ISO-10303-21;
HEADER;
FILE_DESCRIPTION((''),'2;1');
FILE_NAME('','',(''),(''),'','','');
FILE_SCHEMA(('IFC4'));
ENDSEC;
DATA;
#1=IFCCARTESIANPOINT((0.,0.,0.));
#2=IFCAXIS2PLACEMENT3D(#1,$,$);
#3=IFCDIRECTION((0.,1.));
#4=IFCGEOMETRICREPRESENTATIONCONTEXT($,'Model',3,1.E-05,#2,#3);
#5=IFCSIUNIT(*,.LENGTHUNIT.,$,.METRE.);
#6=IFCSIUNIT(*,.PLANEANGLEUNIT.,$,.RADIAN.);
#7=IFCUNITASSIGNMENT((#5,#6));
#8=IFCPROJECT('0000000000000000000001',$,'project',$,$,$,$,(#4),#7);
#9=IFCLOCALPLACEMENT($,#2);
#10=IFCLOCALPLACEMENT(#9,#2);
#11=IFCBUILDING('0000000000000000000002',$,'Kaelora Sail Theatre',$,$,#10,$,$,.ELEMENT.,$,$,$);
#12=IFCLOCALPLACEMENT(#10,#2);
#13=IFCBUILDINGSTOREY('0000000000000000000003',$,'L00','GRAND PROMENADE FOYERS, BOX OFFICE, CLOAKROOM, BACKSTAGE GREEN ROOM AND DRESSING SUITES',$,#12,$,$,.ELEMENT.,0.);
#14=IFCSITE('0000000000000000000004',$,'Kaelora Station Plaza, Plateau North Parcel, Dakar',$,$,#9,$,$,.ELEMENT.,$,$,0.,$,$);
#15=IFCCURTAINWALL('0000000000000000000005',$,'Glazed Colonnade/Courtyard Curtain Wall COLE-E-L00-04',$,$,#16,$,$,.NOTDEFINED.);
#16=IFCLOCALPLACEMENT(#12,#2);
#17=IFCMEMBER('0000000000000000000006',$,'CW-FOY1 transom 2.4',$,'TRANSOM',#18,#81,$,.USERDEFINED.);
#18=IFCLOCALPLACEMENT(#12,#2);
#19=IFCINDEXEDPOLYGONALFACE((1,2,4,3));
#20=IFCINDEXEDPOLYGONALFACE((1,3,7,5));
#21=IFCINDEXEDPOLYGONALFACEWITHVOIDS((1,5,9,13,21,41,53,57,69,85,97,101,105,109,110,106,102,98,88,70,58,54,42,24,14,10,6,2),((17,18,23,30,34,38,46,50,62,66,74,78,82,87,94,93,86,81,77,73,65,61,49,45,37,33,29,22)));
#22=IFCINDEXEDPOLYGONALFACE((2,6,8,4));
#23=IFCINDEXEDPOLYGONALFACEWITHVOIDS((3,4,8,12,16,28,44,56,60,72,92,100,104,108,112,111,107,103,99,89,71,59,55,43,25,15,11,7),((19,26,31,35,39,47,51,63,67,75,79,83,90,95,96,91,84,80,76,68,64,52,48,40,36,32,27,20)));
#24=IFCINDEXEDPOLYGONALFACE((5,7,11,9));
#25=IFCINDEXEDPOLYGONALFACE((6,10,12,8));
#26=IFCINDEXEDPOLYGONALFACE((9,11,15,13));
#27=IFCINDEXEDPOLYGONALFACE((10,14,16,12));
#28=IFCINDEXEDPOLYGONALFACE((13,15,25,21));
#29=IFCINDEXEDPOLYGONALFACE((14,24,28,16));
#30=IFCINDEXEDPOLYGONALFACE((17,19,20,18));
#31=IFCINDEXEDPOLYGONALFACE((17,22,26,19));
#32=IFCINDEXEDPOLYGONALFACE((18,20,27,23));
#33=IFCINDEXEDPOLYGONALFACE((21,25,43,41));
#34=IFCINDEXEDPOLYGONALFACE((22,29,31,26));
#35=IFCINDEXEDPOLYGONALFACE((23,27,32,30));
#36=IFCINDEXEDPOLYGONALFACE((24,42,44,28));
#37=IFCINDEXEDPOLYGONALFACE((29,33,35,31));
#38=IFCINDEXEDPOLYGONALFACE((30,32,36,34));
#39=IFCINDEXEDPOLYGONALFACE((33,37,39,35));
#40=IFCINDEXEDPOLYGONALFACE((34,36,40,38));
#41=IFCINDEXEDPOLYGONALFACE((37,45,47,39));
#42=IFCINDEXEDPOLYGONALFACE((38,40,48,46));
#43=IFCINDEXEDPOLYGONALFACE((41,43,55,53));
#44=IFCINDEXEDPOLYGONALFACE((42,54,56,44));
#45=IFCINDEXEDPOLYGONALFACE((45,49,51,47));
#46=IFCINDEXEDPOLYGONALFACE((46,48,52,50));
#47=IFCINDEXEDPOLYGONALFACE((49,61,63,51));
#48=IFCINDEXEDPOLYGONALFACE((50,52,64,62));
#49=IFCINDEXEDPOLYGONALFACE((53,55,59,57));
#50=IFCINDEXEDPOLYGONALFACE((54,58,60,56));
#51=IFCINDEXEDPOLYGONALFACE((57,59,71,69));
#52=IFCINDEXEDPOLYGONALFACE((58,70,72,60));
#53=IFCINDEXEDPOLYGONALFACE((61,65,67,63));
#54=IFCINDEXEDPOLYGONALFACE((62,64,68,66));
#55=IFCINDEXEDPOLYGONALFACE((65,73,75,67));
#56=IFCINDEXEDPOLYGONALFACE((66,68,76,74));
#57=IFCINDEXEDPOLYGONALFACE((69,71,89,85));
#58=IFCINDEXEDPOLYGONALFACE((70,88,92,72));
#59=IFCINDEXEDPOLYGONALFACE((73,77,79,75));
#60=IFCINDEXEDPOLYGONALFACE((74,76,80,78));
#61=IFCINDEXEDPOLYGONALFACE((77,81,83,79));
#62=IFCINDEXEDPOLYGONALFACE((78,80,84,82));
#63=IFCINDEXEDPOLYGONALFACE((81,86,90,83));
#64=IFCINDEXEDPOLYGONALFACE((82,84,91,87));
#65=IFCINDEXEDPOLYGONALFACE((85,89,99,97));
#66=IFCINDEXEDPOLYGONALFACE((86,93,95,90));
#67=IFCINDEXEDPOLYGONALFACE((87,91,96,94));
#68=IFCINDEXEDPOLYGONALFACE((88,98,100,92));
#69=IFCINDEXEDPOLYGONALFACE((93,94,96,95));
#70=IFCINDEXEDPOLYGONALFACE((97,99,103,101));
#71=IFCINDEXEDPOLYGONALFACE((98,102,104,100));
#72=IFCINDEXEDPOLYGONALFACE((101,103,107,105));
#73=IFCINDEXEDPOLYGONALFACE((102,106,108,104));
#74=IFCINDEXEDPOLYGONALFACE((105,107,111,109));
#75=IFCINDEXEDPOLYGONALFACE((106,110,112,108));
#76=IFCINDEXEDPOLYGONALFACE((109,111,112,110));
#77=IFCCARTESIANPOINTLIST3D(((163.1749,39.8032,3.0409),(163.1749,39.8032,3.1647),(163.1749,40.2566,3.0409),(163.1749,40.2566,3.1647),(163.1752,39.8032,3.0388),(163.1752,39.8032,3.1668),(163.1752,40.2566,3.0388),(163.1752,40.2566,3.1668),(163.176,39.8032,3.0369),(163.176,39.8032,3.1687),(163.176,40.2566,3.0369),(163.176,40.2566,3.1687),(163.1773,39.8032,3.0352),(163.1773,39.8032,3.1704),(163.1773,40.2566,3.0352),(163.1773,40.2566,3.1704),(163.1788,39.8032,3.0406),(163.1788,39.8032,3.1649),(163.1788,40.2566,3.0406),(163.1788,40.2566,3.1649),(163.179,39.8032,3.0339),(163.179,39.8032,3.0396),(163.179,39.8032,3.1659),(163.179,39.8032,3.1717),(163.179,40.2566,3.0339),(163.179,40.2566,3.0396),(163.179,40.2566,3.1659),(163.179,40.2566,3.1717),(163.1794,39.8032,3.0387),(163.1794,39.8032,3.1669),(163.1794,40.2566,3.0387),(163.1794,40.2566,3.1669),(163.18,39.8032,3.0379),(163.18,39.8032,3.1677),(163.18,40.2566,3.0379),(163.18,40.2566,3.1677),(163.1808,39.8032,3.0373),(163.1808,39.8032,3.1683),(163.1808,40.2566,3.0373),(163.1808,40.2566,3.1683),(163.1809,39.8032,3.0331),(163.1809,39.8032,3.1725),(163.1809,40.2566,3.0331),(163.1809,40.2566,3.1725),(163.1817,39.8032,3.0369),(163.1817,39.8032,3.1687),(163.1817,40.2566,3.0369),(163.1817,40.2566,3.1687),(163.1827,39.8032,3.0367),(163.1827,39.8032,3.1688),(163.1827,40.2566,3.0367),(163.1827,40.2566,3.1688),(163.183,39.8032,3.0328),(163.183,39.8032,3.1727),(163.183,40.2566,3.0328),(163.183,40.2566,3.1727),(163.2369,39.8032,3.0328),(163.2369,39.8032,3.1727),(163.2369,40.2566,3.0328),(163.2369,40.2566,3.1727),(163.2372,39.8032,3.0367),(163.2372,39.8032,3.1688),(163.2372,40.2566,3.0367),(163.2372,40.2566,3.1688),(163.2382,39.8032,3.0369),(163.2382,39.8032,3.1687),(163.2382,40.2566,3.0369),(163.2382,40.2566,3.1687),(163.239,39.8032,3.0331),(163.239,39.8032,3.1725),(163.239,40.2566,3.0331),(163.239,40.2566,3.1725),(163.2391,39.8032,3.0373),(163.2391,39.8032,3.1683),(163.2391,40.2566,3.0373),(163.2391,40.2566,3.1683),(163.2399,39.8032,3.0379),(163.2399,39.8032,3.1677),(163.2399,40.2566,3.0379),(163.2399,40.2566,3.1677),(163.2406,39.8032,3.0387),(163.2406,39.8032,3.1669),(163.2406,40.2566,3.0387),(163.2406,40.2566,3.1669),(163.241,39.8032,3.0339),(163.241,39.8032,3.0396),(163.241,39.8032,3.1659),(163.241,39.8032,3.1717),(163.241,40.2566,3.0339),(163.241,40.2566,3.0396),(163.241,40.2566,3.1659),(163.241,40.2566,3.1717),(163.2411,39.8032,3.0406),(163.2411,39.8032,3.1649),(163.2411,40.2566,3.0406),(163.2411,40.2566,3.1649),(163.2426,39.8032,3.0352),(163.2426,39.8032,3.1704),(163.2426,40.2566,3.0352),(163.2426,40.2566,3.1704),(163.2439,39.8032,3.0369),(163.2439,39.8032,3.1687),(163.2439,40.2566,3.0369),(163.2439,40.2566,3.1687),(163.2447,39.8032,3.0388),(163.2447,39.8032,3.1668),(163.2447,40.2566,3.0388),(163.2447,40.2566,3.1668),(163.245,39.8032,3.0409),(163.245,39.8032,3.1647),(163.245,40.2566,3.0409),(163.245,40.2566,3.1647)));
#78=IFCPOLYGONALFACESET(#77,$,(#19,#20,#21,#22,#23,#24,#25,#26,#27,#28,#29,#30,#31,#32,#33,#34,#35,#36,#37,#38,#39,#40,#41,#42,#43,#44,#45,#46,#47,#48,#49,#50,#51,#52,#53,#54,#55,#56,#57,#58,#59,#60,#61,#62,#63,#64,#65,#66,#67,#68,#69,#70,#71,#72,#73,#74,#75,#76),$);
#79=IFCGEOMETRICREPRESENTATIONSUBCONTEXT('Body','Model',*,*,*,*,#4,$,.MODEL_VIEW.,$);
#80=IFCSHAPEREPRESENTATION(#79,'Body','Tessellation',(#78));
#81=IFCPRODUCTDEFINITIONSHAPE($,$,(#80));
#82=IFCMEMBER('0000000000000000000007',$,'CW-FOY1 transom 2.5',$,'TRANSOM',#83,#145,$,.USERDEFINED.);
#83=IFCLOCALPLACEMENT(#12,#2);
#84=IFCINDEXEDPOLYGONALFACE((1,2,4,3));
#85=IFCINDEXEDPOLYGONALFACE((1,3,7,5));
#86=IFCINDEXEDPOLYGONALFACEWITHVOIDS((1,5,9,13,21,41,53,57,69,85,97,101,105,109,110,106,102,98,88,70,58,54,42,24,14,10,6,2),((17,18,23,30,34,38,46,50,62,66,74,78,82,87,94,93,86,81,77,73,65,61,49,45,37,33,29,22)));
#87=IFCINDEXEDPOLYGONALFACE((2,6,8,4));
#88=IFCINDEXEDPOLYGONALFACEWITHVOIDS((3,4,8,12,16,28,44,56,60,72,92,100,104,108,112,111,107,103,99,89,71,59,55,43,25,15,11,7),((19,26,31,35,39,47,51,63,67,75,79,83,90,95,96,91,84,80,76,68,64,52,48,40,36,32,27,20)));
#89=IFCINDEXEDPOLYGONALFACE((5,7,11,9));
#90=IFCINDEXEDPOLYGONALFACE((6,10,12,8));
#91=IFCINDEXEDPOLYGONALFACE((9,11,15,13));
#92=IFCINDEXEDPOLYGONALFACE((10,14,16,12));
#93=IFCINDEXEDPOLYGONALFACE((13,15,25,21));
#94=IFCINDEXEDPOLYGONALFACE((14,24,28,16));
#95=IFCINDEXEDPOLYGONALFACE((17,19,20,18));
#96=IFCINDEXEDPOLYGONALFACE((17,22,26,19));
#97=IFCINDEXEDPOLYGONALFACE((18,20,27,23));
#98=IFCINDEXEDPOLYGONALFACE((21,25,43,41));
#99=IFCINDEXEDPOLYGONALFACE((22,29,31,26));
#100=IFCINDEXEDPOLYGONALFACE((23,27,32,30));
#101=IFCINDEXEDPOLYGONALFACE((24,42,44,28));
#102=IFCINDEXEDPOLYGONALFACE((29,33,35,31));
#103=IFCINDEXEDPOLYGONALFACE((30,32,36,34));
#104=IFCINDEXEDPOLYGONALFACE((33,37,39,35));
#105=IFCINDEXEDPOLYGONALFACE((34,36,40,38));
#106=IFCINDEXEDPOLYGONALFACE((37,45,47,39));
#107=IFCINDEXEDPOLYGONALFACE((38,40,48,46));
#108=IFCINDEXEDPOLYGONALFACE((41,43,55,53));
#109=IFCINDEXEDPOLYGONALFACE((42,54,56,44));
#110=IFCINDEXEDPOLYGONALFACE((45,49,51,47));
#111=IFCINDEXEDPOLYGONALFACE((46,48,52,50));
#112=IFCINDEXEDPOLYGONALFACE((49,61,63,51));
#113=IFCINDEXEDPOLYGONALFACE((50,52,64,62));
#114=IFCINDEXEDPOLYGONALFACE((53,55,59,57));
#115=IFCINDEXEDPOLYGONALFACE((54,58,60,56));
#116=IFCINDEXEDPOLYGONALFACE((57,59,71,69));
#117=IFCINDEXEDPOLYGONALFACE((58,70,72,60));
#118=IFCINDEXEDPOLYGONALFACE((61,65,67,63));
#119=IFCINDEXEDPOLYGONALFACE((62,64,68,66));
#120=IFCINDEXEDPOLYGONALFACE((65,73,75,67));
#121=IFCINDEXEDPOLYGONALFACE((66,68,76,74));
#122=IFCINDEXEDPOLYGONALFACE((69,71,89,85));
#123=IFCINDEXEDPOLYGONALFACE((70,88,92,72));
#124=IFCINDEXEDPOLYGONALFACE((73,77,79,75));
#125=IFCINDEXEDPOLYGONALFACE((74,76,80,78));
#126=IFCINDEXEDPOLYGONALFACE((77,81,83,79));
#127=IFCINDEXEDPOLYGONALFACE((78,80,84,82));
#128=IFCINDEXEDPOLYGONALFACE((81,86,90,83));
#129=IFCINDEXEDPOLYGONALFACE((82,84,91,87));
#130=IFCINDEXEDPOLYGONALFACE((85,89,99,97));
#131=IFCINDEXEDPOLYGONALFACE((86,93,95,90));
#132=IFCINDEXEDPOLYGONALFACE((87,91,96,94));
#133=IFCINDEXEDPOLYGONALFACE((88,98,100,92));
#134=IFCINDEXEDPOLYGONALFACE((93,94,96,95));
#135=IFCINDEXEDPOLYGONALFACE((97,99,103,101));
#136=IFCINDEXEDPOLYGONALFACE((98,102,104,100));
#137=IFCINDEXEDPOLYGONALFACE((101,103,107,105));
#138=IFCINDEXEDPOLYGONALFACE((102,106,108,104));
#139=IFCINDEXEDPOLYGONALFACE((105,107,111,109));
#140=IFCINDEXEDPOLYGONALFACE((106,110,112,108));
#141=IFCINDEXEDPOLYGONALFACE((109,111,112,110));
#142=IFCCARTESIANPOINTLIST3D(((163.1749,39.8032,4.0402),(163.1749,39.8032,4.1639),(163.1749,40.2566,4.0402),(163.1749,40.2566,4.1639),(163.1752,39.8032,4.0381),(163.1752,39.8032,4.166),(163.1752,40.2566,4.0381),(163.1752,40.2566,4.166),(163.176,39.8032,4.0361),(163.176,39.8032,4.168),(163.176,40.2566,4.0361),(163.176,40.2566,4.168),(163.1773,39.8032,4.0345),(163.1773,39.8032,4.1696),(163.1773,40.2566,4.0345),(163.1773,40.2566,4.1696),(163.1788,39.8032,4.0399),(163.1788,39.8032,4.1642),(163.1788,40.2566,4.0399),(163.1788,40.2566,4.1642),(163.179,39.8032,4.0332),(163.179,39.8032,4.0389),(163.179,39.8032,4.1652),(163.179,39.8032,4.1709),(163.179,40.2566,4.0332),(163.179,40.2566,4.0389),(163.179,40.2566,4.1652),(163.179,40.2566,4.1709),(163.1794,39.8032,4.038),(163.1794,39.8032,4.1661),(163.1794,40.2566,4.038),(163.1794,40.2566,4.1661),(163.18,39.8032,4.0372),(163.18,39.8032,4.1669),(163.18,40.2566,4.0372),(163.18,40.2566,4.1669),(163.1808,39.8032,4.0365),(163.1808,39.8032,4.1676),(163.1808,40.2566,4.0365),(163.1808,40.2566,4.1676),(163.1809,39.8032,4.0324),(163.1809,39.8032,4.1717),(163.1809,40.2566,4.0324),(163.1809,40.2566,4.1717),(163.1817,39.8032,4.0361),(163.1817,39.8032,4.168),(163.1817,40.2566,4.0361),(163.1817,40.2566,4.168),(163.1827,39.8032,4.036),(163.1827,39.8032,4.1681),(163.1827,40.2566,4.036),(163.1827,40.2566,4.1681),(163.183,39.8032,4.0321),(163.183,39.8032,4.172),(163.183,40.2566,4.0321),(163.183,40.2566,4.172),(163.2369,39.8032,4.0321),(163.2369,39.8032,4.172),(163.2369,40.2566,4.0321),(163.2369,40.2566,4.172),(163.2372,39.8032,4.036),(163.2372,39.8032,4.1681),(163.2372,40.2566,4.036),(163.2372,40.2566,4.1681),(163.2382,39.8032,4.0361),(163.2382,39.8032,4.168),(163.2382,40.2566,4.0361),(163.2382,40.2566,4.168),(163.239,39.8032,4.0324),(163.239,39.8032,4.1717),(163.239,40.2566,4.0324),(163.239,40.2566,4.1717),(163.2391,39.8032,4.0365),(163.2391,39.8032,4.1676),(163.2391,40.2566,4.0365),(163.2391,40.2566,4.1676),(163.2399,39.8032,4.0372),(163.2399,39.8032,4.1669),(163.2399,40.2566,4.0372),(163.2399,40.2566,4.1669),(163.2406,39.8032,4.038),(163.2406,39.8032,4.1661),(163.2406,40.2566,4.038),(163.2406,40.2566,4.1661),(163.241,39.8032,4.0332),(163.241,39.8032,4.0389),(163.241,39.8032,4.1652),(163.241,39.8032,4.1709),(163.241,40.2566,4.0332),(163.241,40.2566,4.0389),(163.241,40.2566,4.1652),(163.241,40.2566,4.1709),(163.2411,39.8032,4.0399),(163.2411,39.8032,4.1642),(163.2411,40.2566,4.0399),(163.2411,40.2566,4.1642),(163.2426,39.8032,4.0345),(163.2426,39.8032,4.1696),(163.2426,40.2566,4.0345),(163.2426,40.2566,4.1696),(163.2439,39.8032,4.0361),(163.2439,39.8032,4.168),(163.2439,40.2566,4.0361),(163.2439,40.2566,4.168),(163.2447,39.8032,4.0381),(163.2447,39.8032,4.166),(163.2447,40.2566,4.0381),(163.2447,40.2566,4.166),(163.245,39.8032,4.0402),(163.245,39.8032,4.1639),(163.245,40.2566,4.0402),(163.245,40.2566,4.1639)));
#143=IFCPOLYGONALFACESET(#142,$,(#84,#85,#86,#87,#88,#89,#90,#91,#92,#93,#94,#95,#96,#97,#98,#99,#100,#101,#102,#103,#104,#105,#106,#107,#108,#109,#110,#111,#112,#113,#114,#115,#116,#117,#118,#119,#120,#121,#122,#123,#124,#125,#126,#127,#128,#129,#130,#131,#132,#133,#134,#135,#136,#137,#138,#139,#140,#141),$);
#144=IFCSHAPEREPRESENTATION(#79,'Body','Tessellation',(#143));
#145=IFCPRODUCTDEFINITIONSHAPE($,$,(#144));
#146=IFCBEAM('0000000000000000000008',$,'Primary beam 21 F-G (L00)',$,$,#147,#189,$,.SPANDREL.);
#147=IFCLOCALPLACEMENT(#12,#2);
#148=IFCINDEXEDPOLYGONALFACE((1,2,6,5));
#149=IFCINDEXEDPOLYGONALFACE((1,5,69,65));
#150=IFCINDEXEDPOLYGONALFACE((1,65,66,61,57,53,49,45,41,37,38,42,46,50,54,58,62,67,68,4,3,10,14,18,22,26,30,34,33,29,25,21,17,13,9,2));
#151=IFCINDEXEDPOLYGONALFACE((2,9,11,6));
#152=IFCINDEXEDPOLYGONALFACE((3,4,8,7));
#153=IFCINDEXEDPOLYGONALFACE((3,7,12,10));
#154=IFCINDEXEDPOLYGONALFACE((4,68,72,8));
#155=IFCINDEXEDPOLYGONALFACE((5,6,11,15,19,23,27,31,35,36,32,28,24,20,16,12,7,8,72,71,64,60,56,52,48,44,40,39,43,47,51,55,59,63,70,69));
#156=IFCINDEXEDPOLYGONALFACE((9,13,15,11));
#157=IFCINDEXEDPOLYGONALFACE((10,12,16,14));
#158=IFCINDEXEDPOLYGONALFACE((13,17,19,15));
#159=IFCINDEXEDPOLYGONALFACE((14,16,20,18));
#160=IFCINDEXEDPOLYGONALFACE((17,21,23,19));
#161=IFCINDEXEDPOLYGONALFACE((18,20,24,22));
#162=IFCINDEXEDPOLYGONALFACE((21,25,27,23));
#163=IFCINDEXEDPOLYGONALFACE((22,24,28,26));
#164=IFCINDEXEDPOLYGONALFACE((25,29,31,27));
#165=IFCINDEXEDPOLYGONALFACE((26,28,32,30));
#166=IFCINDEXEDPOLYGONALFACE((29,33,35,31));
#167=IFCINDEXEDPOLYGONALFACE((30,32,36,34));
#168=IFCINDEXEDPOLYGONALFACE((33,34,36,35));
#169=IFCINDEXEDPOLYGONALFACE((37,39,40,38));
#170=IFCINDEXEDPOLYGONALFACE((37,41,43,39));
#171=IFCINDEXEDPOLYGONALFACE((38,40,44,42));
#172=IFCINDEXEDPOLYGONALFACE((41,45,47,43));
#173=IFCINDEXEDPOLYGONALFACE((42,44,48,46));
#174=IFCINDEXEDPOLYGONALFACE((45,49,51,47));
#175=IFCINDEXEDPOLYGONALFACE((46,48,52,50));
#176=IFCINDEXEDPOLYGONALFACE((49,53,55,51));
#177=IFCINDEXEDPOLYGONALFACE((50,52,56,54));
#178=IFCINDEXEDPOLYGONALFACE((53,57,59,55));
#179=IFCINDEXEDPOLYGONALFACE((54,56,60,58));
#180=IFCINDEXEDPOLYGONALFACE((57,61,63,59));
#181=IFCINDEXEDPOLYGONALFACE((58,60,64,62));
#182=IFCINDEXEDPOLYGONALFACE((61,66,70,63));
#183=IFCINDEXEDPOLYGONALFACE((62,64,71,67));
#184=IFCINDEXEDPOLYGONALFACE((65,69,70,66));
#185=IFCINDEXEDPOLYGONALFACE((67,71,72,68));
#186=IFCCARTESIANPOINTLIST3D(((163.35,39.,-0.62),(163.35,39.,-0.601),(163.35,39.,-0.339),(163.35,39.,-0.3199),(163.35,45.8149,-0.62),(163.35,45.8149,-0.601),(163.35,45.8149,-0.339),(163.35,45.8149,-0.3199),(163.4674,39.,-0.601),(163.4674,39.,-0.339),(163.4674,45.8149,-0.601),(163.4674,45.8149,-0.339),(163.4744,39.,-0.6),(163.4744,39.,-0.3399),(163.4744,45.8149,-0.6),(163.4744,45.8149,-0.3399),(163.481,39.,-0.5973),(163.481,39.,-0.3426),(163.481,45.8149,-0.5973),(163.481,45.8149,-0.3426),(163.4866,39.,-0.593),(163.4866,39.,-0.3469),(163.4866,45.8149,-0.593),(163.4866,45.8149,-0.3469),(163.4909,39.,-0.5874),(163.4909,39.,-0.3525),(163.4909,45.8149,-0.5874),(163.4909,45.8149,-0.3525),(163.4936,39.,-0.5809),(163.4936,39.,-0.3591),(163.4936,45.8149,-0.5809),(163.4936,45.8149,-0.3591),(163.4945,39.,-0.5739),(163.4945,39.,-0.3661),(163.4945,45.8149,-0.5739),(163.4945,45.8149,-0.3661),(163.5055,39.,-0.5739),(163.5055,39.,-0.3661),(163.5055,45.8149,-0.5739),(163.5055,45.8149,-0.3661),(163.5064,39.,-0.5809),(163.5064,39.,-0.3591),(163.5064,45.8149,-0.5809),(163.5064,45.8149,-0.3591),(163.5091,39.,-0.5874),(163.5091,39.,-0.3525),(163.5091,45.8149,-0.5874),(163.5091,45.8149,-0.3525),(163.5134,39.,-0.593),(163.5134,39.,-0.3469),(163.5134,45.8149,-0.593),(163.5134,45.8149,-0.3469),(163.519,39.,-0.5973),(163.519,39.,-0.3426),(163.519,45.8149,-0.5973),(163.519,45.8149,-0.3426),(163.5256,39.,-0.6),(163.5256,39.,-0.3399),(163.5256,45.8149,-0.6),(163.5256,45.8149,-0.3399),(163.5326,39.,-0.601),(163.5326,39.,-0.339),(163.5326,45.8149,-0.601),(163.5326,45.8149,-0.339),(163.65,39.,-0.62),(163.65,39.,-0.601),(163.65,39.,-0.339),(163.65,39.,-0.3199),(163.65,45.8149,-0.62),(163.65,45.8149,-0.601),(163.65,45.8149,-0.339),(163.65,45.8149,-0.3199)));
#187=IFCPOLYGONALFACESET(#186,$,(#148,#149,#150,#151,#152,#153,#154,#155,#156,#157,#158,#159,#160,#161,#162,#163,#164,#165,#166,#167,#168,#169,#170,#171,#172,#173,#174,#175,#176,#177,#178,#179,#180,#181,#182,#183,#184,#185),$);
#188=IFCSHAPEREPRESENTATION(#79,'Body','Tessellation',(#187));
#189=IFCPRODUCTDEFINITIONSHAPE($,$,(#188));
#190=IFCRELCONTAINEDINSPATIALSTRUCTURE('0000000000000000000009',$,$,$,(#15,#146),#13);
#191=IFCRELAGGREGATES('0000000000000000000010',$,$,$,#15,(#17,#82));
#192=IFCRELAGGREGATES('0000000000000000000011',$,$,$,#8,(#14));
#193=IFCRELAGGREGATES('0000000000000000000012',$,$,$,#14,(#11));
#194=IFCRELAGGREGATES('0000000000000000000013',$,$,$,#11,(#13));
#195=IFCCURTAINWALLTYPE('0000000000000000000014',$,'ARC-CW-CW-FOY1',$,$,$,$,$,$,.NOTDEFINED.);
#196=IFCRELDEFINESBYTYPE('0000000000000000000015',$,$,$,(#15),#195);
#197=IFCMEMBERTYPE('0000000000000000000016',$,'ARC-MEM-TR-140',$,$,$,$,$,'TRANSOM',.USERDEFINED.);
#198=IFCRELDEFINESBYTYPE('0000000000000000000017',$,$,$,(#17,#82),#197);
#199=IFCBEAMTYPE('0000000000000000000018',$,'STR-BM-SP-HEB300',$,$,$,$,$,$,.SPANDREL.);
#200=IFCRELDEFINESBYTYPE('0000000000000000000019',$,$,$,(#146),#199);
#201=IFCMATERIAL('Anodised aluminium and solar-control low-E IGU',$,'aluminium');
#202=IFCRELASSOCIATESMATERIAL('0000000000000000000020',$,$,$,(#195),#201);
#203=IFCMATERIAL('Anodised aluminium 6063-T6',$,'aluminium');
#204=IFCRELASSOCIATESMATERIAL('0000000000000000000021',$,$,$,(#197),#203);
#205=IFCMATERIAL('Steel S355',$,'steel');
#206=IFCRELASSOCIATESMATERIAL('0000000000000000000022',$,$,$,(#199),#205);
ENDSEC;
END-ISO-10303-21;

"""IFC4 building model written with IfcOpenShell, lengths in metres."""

from ifc_helpers import new_model, si_unit, direction, frame, origin, origin_2d, place, context, subcontext, project, spatial, hollow_rectangle, i_section, extrude, material, material_profile, profile_set, type_object, element, aggregate, save


model = new_model("IFC4")

# Units and contexts
model_context = context("Model", 3, precision=1e-05, world=origin(), true_north=direction((0.0, 1.0)))
body_context = subcontext(model_context, "Body", "Model", "MODEL_VIEW")
ifc_project = project(units=[si_unit("LENGTHUNIT", "METRE"), si_unit("PLANEANGLEUNIT", "RADIAN")], contexts=[model_context])

# Site, building, storey
site_placement = place(None, origin())
site = spatial("IfcSite", under=ifc_project, at=site_placement, Name="Kaelora Station Plaza, Plateau North Parcel, Dakar", CompositionType="ELEMENT", RefElevation=0.0)
building_placement = place(site_placement, origin())
building = spatial("IfcBuilding", under=site, at=building_placement, Name="Kaelora Sail Theatre", CompositionType="ELEMENT")
storey_placement = place(building_placement, origin())
storey = spatial("IfcBuildingStorey", under=building, at=storey_placement, Name="L00", Description="GRAND PROMENADE FOYERS, BOX OFFICE, CLOAKROOM, BACKSTAGE GREEN ROOM AND DRESSING SUITES", CompositionType="ELEMENT", Elevation=0.0)

# Curtain wall, members
ifc_material_1 = material(Name="Anodised aluminium and solar-control low-E IGU", Category="aluminium")
curtain_wall_type = type_object("IfcCurtainWallType", Name="ARC-CW-CW-FOY1", PredefinedType="NOTDEFINED", material=ifc_material_1)
curtain_wall_placement = place(storey_placement, origin())
curtain_wall = element("IfcCurtainWall", 1, at=curtain_wall_placement, inside=storey, type_object=curtain_wall_type, Name="Glazed Colonnade/Courtyard Curtain Wall COLE-E-L00-04", PredefinedType="NOTDEFINED")
ifc_material_2 = material(Name="Anodised aluminium 6063-T6", Category="aluminium")
ifc_material_profile_1 = material_profile(ifc_material_2, hollow_rectangle(XDim=0.0701, YDim=0.1399, WallThickness=0.0039, InnerFilletRadius=0.0039, OuterFilletRadius=0.0081, at=origin_2d()), Name="ALU-TRAN 70x140x4")
ifc_profile_set_1 = profile_set([ifc_material_profile_1], Name="Anodised aluminium 6063-T6")
member_type_1 = type_object("IfcMemberType", Name="ARC-MEM-TR-140", ElementType="TRANSOM", PredefinedType="USERDEFINED", material=ifc_profile_set_1)
member_1_placement = place(storey_placement, frame((163.21, 39.8032, 3.1028), z_axis=(0.0, 1.0, 0.0), x_axis=(-1.0, 0.0, 0.0)))
member_1 = element("IfcMember", 2, at=member_1_placement, type_object=member_type_1, Name="CW-FOY1 transom 2.4", ObjectType="TRANSOM", PredefinedType="USERDEFINED", context=body_context, shape_type="SweptSolid", body=[
    extrude(hollow_rectangle(XDim=0.0701, YDim=0.1399, WallThickness=0.0039, InnerFilletRadius=0.0039, OuterFilletRadius=0.0081, at=origin_2d()), origin(), (0.0, 0.0, 1.0), 0.4534),
])
member_2_placement = place(storey_placement, frame((163.21, 39.8032, 4.1021), z_axis=(0.0, 1.0, 0.0), x_axis=(-1.0, 0.0, 0.0)))
member_2 = element("IfcMember", 3, at=member_2_placement, type_object=member_type_1, Name="CW-FOY1 transom 2.5", ObjectType="TRANSOM", PredefinedType="USERDEFINED", context=body_context, shape_type="SweptSolid", body=[
    extrude(hollow_rectangle(XDim=0.0701, YDim=0.1399, WallThickness=0.0039, InnerFilletRadius=0.0039, OuterFilletRadius=0.0081, at=origin_2d()), origin(), (0.0, 0.0, 1.0), 0.4534),
])

# Beam
ifc_material_3 = material(Name="Steel S355", Category="steel")
ifc_material_profile_2 = material_profile(ifc_material_3, i_section(OverallWidth=0.3, OverallDepth=0.3, WebThickness=0.011, FlangeThickness=0.019, FilletRadius=0.0271, at=origin_2d()), Name="HEB 300")
ifc_profile_set_2 = profile_set([ifc_material_profile_2], Name="Steel S355")
beam_type = type_object("IfcBeamType", Name="STR-BM-SP-HEB300", PredefinedType="SPANDREL", material=ifc_profile_set_2)
beam_placement = place(storey_placement, frame((163.5, 39.0, -0.47), z_axis=(0.0, 1.0, 0.0), x_axis=(-1.0, 0.0, 0.0)))
element("IfcBeam", 4, at=beam_placement, inside=storey, type_object=beam_type, Name="Primary beam 21 F-G (L00)", PredefinedType="SPANDREL", context=body_context, shape_type="SweptSolid", body=[
    extrude(i_section(OverallWidth=0.3, OverallDepth=0.3, WebThickness=0.011, FlangeThickness=0.019, FilletRadius=0.0271, at=origin_2d()), origin(), (0.0, 0.0, 1.0), 6.8149),
])

aggregate(curtain_wall, [member_1, member_2])

save(model, "model.ifc")
